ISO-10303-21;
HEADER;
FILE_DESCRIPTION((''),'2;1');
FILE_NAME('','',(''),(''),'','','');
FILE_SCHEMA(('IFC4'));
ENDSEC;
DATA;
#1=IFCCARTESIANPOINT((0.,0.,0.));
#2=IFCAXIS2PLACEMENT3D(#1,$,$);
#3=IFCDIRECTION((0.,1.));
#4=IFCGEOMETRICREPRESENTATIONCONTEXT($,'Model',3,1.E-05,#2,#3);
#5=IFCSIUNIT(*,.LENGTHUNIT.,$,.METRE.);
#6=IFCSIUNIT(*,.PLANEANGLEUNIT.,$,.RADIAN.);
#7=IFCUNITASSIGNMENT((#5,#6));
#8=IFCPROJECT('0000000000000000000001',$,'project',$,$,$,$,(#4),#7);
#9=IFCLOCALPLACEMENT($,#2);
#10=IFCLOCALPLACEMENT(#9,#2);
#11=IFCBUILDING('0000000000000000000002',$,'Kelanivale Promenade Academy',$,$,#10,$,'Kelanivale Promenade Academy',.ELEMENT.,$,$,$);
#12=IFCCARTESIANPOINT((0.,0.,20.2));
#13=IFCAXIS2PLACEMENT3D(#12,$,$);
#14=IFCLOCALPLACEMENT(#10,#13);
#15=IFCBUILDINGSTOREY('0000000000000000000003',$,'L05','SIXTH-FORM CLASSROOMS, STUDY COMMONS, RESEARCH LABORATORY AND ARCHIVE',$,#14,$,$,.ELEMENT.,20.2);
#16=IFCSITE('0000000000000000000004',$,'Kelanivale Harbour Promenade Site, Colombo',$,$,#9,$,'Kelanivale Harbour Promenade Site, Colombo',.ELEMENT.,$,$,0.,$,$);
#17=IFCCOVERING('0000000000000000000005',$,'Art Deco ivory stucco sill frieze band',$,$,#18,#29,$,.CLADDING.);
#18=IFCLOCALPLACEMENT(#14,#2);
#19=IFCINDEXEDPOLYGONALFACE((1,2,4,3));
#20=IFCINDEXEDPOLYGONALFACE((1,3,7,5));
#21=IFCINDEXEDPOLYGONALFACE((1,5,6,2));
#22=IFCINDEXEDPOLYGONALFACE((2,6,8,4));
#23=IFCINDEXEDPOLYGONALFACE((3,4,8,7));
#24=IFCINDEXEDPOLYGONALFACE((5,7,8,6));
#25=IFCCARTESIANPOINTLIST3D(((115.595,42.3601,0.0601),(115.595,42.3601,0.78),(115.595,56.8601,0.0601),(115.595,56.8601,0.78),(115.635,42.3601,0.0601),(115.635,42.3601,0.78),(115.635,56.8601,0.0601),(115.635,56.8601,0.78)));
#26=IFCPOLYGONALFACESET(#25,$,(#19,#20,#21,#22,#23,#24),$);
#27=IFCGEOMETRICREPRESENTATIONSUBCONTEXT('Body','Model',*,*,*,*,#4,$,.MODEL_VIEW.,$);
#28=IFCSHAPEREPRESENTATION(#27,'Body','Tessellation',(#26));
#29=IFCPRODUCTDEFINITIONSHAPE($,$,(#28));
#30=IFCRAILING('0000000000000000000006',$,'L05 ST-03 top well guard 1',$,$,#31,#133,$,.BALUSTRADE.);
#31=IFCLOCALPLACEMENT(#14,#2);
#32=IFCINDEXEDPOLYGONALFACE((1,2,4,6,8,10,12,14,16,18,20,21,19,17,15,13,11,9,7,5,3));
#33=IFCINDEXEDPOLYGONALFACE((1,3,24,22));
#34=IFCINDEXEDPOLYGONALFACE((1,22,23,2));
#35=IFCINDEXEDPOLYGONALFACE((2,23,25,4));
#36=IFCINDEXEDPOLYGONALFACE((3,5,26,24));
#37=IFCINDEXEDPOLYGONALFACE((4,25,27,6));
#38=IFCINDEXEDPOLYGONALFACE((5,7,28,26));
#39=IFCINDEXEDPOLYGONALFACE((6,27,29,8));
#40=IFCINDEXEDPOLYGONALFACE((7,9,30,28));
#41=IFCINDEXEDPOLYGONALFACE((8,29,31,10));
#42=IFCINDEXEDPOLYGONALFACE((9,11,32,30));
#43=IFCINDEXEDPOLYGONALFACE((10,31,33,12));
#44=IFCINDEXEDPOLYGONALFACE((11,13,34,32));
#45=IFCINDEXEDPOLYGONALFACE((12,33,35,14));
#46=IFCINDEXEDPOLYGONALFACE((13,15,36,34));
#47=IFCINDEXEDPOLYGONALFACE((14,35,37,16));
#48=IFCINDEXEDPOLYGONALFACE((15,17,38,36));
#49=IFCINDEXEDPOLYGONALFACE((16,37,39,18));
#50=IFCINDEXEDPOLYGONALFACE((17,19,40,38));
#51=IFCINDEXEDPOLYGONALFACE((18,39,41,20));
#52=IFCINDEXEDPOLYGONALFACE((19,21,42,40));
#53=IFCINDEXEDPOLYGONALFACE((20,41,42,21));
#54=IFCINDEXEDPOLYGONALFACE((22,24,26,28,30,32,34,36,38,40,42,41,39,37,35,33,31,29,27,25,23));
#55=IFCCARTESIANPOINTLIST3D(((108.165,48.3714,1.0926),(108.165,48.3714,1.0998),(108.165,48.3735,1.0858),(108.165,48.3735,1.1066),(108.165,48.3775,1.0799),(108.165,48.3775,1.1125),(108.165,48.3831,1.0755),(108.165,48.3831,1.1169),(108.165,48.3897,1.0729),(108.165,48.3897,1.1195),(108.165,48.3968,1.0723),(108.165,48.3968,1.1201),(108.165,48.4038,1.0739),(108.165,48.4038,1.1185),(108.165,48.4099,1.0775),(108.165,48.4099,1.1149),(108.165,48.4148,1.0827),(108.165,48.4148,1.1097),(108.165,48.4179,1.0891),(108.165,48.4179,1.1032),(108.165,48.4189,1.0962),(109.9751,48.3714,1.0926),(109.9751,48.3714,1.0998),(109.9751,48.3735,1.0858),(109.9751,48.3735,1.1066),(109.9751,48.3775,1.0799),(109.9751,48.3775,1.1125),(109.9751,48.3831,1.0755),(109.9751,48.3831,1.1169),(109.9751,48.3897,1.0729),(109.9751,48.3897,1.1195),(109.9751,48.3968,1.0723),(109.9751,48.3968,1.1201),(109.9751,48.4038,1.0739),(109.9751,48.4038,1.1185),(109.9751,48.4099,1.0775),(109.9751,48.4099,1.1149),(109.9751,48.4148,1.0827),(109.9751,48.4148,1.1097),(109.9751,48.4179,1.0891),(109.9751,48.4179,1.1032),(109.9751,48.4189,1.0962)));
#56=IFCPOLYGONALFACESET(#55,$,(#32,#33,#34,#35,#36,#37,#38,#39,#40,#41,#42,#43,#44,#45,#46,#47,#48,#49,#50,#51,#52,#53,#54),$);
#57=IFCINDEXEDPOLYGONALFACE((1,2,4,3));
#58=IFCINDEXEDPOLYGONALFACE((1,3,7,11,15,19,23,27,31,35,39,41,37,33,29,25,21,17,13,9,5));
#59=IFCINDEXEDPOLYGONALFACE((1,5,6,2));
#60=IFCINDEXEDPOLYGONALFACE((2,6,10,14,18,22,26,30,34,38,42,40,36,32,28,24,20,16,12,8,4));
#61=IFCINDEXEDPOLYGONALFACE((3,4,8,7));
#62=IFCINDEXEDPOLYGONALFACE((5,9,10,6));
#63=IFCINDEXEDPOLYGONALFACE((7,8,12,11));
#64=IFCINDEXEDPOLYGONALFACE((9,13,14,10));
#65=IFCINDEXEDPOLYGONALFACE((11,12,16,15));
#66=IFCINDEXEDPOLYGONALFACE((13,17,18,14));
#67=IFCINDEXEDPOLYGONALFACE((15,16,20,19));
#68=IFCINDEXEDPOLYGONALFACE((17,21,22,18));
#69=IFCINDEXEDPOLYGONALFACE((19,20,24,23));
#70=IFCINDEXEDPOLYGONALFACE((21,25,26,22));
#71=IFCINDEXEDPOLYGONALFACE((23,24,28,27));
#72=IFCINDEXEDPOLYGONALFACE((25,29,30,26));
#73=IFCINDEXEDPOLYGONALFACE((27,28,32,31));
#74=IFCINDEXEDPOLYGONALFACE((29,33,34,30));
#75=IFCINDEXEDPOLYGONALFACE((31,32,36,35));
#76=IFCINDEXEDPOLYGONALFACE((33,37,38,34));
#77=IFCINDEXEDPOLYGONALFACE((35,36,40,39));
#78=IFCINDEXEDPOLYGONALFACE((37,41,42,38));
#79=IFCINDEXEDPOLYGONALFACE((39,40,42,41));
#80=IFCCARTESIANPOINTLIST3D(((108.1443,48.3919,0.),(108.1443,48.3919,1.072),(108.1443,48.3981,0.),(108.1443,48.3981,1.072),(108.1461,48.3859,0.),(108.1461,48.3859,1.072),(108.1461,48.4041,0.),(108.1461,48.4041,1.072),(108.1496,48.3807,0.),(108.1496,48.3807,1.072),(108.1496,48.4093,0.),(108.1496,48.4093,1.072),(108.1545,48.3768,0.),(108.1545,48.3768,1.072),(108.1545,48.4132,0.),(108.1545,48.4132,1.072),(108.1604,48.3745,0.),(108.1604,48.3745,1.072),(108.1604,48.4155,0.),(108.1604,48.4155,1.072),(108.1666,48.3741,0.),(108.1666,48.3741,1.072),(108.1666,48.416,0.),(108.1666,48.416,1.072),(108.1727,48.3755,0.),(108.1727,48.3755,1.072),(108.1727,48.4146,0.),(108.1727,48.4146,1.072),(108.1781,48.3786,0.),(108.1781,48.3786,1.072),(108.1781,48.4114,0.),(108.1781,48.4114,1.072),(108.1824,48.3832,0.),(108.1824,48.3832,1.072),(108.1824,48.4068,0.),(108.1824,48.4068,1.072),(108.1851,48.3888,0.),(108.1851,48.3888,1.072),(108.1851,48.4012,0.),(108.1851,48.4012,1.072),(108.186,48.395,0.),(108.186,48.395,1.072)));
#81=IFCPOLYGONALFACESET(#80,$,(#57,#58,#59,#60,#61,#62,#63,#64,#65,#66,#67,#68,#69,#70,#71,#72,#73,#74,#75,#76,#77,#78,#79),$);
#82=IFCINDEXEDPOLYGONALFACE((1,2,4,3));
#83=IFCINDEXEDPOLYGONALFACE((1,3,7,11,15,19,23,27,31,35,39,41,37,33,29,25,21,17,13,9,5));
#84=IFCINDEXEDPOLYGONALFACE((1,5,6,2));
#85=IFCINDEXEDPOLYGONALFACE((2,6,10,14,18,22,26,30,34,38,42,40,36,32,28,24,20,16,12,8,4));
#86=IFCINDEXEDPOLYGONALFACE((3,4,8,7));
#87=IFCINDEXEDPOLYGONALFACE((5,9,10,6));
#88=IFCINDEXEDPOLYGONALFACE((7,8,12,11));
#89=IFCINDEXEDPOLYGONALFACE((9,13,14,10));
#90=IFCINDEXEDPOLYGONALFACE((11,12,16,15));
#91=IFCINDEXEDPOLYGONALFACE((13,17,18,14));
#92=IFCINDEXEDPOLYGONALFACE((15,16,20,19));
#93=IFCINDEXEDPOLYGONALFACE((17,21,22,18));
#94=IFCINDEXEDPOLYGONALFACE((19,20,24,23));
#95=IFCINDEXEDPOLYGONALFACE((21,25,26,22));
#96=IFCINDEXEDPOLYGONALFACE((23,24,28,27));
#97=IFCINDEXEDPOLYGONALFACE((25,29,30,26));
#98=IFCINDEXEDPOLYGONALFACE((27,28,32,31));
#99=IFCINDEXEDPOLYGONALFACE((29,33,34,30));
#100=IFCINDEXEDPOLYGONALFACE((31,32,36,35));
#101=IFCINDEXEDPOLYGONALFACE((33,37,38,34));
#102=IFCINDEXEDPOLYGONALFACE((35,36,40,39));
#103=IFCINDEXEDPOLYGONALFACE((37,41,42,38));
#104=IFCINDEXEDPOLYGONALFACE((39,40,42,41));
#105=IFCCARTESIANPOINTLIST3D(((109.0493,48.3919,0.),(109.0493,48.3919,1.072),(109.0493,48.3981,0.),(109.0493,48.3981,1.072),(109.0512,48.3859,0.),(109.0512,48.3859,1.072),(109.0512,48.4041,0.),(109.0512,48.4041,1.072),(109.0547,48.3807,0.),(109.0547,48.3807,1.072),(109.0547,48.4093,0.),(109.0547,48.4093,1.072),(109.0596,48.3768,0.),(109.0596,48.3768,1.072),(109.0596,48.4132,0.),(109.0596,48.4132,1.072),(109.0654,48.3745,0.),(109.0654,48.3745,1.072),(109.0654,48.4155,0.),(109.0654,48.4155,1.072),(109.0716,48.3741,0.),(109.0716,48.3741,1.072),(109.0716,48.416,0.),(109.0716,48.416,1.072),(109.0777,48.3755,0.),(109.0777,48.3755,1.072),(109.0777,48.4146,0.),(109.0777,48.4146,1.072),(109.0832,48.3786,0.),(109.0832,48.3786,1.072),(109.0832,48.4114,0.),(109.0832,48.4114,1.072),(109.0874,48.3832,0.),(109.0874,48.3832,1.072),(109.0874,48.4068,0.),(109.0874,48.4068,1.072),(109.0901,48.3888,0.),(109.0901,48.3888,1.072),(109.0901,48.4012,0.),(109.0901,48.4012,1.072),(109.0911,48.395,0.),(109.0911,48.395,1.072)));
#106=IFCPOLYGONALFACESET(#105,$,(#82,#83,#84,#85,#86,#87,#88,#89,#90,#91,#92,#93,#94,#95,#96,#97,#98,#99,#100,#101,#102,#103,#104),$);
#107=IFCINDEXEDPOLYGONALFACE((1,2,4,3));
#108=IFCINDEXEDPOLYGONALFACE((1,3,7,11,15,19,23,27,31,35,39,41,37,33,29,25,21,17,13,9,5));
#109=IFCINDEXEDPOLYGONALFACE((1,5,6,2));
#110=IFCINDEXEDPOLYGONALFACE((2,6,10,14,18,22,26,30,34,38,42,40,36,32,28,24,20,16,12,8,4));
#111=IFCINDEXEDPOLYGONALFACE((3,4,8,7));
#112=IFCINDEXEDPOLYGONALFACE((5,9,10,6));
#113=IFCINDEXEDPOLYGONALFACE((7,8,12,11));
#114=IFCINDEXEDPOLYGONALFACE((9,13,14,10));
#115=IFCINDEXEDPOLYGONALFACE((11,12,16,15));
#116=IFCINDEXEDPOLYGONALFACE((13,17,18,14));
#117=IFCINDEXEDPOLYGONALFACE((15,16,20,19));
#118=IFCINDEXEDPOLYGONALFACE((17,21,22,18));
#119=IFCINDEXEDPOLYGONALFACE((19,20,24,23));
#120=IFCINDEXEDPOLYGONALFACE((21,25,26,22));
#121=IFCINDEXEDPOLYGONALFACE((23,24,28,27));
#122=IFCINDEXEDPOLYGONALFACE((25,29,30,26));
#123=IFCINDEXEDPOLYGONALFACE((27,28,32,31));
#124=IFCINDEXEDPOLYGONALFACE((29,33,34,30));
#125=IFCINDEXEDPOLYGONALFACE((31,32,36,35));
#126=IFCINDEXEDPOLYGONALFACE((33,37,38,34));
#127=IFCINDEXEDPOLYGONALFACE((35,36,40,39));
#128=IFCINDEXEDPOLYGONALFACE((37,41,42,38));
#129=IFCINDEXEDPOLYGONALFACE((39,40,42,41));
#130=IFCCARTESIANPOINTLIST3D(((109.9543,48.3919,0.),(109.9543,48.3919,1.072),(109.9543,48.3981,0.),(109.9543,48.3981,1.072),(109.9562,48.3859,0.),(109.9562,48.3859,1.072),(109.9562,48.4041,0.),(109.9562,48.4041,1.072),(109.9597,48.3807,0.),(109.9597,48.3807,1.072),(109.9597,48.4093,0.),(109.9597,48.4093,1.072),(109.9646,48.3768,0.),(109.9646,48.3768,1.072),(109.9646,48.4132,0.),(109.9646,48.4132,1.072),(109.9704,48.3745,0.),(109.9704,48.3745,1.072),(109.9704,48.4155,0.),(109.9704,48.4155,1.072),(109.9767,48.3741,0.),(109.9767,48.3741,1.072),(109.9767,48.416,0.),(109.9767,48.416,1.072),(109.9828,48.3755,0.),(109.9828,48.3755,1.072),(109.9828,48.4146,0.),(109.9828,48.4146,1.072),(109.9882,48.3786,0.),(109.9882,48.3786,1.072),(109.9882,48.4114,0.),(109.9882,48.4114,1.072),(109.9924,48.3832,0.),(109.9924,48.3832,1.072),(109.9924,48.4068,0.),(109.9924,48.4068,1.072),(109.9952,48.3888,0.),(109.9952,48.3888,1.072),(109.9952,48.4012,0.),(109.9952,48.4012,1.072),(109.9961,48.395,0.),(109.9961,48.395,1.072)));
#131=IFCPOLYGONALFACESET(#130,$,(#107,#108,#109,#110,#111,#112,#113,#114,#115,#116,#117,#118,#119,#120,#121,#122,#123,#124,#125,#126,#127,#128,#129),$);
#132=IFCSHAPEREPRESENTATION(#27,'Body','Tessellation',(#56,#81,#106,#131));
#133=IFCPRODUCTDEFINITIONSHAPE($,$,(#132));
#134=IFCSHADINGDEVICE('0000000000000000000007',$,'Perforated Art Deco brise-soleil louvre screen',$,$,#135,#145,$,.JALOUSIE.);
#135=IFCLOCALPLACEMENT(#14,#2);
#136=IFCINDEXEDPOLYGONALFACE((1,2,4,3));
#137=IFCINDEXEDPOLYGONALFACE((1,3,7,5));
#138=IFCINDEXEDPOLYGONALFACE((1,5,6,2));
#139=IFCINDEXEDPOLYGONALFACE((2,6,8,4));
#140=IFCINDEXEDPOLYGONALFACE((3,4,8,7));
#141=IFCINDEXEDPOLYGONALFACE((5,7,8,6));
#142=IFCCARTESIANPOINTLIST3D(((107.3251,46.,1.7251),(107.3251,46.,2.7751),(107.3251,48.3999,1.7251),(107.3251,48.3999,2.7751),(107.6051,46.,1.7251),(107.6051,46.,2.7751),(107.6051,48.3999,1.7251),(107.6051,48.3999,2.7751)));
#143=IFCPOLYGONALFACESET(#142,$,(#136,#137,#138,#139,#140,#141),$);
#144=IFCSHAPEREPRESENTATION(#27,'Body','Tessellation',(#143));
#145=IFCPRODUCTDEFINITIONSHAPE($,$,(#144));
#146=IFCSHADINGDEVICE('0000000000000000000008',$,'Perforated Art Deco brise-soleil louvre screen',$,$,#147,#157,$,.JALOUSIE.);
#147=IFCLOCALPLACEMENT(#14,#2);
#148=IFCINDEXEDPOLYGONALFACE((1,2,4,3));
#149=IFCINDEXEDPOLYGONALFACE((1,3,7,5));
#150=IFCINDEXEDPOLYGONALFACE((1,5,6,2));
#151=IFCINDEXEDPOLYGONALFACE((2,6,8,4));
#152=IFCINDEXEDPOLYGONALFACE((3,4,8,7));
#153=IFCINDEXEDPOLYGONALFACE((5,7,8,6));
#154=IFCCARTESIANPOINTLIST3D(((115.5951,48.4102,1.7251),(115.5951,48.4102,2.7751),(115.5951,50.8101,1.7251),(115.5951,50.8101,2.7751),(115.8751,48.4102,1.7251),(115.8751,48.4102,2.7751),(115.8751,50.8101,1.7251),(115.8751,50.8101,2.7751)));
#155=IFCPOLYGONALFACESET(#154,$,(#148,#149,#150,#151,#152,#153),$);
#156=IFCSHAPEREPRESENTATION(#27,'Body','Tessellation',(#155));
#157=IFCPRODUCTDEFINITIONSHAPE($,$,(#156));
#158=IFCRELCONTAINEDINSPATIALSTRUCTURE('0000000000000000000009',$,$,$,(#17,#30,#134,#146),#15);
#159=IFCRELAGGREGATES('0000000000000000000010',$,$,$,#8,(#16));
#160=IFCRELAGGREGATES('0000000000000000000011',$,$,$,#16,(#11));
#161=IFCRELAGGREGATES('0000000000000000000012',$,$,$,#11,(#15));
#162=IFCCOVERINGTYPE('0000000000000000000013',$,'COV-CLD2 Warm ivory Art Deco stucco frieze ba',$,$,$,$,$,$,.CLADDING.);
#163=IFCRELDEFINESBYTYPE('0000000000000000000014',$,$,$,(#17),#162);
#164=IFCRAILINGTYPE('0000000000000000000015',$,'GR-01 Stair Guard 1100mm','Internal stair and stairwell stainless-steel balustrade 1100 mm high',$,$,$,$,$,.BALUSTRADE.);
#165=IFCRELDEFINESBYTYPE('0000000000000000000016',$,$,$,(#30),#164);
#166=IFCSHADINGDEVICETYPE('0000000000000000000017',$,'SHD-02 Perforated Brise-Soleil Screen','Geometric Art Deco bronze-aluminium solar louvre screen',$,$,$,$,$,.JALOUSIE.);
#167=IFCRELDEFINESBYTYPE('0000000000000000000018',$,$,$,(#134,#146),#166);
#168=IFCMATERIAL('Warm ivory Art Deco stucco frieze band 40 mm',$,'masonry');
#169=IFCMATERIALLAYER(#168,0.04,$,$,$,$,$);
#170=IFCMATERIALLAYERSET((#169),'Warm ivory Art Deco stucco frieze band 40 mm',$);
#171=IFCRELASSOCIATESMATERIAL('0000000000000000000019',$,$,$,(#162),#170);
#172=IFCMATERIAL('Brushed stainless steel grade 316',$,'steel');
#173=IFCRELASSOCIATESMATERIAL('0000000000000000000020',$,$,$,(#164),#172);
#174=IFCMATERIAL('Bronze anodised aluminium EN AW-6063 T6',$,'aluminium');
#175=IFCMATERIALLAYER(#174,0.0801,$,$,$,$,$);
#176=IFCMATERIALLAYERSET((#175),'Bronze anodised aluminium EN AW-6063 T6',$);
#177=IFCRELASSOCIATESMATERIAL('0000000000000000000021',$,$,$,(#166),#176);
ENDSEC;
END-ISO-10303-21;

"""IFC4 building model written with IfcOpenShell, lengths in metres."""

from ifc_helpers import new_model, si_unit, direction, frame, origin, origin_2d, place, context, subcontext, project, spatial, rectangle, circle, extrude, material, layer, layer_set, type_object, element, save


model = new_model("IFC4")

# Units and contexts
model_context = context("Model", 3, precision=1e-05, world=origin(), true_north=direction((0.0, 1.0)))
body_context = subcontext(model_context, "Body", "Model", "MODEL_VIEW")
ifc_project = project(units=[si_unit("LENGTHUNIT", "METRE"), si_unit("PLANEANGLEUNIT", "RADIAN")], contexts=[model_context])

# Site, building, storey
site_placement = place(None, origin())
site = spatial("IfcSite", under=ifc_project, at=site_placement, Name="Kelanivale Harbour Promenade Site, Colombo", LongName="Kelanivale Harbour Promenade Site, Colombo", CompositionType="ELEMENT", RefElevation=0.0)
building_placement = place(site_placement, origin())
building = spatial("IfcBuilding", under=site, at=building_placement, Name="Kelanivale Promenade Academy", LongName="Kelanivale Promenade Academy", CompositionType="ELEMENT")
storey_placement = place(building_placement, frame((0.0, 0.0, 20.2)))
storey = spatial("IfcBuildingStorey", under=building, at=storey_placement, Name="L05", Description="SIXTH-FORM CLASSROOMS, STUDY COMMONS, RESEARCH LABORATORY AND ARCHIVE", CompositionType="ELEMENT", Elevation=20.2)

# Covering
ifc_material_1 = material(Name="Warm ivory Art Deco stucco frieze band 40 mm", Category="masonry")
ifc_layer_1 = layer(ifc_material_1, 0.04)
ifc_layer_set_1 = layer_set([ifc_layer_1], Name="Warm ivory Art Deco stucco frieze band 40 mm")
covering_type = type_object("IfcCoveringType", Name="COV-CLD2 Warm ivory Art Deco stucco frieze ba", PredefinedType="CLADDING", material=ifc_layer_set_1)
covering_1_placement = place(storey_placement, frame((115.615, 49.6101, 0.0601), z_axis=(0.0, 0.0, 1.0), x_axis=(0.0, 1.0, 0.0)))
element("IfcCovering", 1, at=covering_1_placement, inside=storey, type_object=covering_type, Name="Art Deco ivory stucco sill frieze band", PredefinedType="CLADDING", context=body_context, shape_type="SweptSolid", body=[
    extrude(rectangle(XDim=14.5, YDim=0.04, at=origin_2d()), origin(), (0.0, 0.0, 1.0), 0.72),
])

# Railing
ifc_material_2 = material(Name="Brushed stainless steel grade 316", Category="steel")
railing_type = type_object("IfcRailingType", Name="GR-01 Stair Guard 1100mm", Description="Internal stair and stairwell stainless-steel balustrade 1100 mm high", PredefinedType="BALUSTRADE", material=ifc_material_2)
railing_placement = place(storey_placement, frame((108.165, 48.395, 0.0)))
element("IfcRailing", 2, at=railing_placement, inside=storey, type_object=railing_type, Name="L05 ST-03 top well guard 1", PredefinedType="BALUSTRADE", context=body_context, shape_type="SweptSolid", body=[
    extrude(circle(Radius=0.0239, at=origin_2d()), frame((0.0, 0.0, 1.0962), z_axis=(1.0, 0.0, 0.0), x_axis=(0.0, 1.0, 0.0)), (0.0, 0.0, 1.0), 1.8101),
    extrude(circle(Radius=0.021, at=origin_2d()), origin(), (0.0, 0.0, 1.0), 1.072),
    extrude(circle(Radius=0.021, at=origin_2d()), frame((0.905, 0.0, 0.0)), (0.0, 0.0, 1.0), 1.072),
    extrude(circle(Radius=0.021, at=origin_2d()), frame((1.8101, 0.0, 0.0)), (0.0, 0.0, 1.0), 1.072),
])

# Shading devices
ifc_material_3 = material(Name="Bronze anodised aluminium EN AW-6063 T6", Category="aluminium")
ifc_layer_2 = layer(ifc_material_3, 0.0801)
ifc_layer_set_2 = layer_set([ifc_layer_2], Name="Bronze anodised aluminium EN AW-6063 T6")
shading_device_type = type_object("IfcShadingDeviceType", Name="SHD-02 Perforated Brise-Soleil Screen", Description="Geometric Art Deco bronze-aluminium solar louvre screen", PredefinedType="JALOUSIE", material=ifc_layer_set_2)
for number, where, z_axis, x_axis, name in (
    (3, (107.4651, 47.2, 1.7251), (0.0, 0.0, 1.0), (0.0, -1.0, 0.0), "Perforated Art Deco brise-soleil louvre screen"),
    (4, (115.7351, 49.6101, 1.7251), (0.0, 0.0, 1.0), (0.0, 1.0, 0.0), "Perforated Art Deco brise-soleil louvre screen"),
):
    element("IfcShadingDevice", number, at=place(storey_placement, frame(where, z_axis=z_axis, x_axis=x_axis)), inside=storey, type_object=shading_device_type, Name=name, PredefinedType="JALOUSIE", context=body_context, shape_type="SweptSolid", body=[
        extrude(rectangle(XDim=2.3999, YDim=0.28, at=origin_2d()), origin(), (0.0, 0.0, 1.0), 1.05),
    ])

save(model, "model.ifc")
